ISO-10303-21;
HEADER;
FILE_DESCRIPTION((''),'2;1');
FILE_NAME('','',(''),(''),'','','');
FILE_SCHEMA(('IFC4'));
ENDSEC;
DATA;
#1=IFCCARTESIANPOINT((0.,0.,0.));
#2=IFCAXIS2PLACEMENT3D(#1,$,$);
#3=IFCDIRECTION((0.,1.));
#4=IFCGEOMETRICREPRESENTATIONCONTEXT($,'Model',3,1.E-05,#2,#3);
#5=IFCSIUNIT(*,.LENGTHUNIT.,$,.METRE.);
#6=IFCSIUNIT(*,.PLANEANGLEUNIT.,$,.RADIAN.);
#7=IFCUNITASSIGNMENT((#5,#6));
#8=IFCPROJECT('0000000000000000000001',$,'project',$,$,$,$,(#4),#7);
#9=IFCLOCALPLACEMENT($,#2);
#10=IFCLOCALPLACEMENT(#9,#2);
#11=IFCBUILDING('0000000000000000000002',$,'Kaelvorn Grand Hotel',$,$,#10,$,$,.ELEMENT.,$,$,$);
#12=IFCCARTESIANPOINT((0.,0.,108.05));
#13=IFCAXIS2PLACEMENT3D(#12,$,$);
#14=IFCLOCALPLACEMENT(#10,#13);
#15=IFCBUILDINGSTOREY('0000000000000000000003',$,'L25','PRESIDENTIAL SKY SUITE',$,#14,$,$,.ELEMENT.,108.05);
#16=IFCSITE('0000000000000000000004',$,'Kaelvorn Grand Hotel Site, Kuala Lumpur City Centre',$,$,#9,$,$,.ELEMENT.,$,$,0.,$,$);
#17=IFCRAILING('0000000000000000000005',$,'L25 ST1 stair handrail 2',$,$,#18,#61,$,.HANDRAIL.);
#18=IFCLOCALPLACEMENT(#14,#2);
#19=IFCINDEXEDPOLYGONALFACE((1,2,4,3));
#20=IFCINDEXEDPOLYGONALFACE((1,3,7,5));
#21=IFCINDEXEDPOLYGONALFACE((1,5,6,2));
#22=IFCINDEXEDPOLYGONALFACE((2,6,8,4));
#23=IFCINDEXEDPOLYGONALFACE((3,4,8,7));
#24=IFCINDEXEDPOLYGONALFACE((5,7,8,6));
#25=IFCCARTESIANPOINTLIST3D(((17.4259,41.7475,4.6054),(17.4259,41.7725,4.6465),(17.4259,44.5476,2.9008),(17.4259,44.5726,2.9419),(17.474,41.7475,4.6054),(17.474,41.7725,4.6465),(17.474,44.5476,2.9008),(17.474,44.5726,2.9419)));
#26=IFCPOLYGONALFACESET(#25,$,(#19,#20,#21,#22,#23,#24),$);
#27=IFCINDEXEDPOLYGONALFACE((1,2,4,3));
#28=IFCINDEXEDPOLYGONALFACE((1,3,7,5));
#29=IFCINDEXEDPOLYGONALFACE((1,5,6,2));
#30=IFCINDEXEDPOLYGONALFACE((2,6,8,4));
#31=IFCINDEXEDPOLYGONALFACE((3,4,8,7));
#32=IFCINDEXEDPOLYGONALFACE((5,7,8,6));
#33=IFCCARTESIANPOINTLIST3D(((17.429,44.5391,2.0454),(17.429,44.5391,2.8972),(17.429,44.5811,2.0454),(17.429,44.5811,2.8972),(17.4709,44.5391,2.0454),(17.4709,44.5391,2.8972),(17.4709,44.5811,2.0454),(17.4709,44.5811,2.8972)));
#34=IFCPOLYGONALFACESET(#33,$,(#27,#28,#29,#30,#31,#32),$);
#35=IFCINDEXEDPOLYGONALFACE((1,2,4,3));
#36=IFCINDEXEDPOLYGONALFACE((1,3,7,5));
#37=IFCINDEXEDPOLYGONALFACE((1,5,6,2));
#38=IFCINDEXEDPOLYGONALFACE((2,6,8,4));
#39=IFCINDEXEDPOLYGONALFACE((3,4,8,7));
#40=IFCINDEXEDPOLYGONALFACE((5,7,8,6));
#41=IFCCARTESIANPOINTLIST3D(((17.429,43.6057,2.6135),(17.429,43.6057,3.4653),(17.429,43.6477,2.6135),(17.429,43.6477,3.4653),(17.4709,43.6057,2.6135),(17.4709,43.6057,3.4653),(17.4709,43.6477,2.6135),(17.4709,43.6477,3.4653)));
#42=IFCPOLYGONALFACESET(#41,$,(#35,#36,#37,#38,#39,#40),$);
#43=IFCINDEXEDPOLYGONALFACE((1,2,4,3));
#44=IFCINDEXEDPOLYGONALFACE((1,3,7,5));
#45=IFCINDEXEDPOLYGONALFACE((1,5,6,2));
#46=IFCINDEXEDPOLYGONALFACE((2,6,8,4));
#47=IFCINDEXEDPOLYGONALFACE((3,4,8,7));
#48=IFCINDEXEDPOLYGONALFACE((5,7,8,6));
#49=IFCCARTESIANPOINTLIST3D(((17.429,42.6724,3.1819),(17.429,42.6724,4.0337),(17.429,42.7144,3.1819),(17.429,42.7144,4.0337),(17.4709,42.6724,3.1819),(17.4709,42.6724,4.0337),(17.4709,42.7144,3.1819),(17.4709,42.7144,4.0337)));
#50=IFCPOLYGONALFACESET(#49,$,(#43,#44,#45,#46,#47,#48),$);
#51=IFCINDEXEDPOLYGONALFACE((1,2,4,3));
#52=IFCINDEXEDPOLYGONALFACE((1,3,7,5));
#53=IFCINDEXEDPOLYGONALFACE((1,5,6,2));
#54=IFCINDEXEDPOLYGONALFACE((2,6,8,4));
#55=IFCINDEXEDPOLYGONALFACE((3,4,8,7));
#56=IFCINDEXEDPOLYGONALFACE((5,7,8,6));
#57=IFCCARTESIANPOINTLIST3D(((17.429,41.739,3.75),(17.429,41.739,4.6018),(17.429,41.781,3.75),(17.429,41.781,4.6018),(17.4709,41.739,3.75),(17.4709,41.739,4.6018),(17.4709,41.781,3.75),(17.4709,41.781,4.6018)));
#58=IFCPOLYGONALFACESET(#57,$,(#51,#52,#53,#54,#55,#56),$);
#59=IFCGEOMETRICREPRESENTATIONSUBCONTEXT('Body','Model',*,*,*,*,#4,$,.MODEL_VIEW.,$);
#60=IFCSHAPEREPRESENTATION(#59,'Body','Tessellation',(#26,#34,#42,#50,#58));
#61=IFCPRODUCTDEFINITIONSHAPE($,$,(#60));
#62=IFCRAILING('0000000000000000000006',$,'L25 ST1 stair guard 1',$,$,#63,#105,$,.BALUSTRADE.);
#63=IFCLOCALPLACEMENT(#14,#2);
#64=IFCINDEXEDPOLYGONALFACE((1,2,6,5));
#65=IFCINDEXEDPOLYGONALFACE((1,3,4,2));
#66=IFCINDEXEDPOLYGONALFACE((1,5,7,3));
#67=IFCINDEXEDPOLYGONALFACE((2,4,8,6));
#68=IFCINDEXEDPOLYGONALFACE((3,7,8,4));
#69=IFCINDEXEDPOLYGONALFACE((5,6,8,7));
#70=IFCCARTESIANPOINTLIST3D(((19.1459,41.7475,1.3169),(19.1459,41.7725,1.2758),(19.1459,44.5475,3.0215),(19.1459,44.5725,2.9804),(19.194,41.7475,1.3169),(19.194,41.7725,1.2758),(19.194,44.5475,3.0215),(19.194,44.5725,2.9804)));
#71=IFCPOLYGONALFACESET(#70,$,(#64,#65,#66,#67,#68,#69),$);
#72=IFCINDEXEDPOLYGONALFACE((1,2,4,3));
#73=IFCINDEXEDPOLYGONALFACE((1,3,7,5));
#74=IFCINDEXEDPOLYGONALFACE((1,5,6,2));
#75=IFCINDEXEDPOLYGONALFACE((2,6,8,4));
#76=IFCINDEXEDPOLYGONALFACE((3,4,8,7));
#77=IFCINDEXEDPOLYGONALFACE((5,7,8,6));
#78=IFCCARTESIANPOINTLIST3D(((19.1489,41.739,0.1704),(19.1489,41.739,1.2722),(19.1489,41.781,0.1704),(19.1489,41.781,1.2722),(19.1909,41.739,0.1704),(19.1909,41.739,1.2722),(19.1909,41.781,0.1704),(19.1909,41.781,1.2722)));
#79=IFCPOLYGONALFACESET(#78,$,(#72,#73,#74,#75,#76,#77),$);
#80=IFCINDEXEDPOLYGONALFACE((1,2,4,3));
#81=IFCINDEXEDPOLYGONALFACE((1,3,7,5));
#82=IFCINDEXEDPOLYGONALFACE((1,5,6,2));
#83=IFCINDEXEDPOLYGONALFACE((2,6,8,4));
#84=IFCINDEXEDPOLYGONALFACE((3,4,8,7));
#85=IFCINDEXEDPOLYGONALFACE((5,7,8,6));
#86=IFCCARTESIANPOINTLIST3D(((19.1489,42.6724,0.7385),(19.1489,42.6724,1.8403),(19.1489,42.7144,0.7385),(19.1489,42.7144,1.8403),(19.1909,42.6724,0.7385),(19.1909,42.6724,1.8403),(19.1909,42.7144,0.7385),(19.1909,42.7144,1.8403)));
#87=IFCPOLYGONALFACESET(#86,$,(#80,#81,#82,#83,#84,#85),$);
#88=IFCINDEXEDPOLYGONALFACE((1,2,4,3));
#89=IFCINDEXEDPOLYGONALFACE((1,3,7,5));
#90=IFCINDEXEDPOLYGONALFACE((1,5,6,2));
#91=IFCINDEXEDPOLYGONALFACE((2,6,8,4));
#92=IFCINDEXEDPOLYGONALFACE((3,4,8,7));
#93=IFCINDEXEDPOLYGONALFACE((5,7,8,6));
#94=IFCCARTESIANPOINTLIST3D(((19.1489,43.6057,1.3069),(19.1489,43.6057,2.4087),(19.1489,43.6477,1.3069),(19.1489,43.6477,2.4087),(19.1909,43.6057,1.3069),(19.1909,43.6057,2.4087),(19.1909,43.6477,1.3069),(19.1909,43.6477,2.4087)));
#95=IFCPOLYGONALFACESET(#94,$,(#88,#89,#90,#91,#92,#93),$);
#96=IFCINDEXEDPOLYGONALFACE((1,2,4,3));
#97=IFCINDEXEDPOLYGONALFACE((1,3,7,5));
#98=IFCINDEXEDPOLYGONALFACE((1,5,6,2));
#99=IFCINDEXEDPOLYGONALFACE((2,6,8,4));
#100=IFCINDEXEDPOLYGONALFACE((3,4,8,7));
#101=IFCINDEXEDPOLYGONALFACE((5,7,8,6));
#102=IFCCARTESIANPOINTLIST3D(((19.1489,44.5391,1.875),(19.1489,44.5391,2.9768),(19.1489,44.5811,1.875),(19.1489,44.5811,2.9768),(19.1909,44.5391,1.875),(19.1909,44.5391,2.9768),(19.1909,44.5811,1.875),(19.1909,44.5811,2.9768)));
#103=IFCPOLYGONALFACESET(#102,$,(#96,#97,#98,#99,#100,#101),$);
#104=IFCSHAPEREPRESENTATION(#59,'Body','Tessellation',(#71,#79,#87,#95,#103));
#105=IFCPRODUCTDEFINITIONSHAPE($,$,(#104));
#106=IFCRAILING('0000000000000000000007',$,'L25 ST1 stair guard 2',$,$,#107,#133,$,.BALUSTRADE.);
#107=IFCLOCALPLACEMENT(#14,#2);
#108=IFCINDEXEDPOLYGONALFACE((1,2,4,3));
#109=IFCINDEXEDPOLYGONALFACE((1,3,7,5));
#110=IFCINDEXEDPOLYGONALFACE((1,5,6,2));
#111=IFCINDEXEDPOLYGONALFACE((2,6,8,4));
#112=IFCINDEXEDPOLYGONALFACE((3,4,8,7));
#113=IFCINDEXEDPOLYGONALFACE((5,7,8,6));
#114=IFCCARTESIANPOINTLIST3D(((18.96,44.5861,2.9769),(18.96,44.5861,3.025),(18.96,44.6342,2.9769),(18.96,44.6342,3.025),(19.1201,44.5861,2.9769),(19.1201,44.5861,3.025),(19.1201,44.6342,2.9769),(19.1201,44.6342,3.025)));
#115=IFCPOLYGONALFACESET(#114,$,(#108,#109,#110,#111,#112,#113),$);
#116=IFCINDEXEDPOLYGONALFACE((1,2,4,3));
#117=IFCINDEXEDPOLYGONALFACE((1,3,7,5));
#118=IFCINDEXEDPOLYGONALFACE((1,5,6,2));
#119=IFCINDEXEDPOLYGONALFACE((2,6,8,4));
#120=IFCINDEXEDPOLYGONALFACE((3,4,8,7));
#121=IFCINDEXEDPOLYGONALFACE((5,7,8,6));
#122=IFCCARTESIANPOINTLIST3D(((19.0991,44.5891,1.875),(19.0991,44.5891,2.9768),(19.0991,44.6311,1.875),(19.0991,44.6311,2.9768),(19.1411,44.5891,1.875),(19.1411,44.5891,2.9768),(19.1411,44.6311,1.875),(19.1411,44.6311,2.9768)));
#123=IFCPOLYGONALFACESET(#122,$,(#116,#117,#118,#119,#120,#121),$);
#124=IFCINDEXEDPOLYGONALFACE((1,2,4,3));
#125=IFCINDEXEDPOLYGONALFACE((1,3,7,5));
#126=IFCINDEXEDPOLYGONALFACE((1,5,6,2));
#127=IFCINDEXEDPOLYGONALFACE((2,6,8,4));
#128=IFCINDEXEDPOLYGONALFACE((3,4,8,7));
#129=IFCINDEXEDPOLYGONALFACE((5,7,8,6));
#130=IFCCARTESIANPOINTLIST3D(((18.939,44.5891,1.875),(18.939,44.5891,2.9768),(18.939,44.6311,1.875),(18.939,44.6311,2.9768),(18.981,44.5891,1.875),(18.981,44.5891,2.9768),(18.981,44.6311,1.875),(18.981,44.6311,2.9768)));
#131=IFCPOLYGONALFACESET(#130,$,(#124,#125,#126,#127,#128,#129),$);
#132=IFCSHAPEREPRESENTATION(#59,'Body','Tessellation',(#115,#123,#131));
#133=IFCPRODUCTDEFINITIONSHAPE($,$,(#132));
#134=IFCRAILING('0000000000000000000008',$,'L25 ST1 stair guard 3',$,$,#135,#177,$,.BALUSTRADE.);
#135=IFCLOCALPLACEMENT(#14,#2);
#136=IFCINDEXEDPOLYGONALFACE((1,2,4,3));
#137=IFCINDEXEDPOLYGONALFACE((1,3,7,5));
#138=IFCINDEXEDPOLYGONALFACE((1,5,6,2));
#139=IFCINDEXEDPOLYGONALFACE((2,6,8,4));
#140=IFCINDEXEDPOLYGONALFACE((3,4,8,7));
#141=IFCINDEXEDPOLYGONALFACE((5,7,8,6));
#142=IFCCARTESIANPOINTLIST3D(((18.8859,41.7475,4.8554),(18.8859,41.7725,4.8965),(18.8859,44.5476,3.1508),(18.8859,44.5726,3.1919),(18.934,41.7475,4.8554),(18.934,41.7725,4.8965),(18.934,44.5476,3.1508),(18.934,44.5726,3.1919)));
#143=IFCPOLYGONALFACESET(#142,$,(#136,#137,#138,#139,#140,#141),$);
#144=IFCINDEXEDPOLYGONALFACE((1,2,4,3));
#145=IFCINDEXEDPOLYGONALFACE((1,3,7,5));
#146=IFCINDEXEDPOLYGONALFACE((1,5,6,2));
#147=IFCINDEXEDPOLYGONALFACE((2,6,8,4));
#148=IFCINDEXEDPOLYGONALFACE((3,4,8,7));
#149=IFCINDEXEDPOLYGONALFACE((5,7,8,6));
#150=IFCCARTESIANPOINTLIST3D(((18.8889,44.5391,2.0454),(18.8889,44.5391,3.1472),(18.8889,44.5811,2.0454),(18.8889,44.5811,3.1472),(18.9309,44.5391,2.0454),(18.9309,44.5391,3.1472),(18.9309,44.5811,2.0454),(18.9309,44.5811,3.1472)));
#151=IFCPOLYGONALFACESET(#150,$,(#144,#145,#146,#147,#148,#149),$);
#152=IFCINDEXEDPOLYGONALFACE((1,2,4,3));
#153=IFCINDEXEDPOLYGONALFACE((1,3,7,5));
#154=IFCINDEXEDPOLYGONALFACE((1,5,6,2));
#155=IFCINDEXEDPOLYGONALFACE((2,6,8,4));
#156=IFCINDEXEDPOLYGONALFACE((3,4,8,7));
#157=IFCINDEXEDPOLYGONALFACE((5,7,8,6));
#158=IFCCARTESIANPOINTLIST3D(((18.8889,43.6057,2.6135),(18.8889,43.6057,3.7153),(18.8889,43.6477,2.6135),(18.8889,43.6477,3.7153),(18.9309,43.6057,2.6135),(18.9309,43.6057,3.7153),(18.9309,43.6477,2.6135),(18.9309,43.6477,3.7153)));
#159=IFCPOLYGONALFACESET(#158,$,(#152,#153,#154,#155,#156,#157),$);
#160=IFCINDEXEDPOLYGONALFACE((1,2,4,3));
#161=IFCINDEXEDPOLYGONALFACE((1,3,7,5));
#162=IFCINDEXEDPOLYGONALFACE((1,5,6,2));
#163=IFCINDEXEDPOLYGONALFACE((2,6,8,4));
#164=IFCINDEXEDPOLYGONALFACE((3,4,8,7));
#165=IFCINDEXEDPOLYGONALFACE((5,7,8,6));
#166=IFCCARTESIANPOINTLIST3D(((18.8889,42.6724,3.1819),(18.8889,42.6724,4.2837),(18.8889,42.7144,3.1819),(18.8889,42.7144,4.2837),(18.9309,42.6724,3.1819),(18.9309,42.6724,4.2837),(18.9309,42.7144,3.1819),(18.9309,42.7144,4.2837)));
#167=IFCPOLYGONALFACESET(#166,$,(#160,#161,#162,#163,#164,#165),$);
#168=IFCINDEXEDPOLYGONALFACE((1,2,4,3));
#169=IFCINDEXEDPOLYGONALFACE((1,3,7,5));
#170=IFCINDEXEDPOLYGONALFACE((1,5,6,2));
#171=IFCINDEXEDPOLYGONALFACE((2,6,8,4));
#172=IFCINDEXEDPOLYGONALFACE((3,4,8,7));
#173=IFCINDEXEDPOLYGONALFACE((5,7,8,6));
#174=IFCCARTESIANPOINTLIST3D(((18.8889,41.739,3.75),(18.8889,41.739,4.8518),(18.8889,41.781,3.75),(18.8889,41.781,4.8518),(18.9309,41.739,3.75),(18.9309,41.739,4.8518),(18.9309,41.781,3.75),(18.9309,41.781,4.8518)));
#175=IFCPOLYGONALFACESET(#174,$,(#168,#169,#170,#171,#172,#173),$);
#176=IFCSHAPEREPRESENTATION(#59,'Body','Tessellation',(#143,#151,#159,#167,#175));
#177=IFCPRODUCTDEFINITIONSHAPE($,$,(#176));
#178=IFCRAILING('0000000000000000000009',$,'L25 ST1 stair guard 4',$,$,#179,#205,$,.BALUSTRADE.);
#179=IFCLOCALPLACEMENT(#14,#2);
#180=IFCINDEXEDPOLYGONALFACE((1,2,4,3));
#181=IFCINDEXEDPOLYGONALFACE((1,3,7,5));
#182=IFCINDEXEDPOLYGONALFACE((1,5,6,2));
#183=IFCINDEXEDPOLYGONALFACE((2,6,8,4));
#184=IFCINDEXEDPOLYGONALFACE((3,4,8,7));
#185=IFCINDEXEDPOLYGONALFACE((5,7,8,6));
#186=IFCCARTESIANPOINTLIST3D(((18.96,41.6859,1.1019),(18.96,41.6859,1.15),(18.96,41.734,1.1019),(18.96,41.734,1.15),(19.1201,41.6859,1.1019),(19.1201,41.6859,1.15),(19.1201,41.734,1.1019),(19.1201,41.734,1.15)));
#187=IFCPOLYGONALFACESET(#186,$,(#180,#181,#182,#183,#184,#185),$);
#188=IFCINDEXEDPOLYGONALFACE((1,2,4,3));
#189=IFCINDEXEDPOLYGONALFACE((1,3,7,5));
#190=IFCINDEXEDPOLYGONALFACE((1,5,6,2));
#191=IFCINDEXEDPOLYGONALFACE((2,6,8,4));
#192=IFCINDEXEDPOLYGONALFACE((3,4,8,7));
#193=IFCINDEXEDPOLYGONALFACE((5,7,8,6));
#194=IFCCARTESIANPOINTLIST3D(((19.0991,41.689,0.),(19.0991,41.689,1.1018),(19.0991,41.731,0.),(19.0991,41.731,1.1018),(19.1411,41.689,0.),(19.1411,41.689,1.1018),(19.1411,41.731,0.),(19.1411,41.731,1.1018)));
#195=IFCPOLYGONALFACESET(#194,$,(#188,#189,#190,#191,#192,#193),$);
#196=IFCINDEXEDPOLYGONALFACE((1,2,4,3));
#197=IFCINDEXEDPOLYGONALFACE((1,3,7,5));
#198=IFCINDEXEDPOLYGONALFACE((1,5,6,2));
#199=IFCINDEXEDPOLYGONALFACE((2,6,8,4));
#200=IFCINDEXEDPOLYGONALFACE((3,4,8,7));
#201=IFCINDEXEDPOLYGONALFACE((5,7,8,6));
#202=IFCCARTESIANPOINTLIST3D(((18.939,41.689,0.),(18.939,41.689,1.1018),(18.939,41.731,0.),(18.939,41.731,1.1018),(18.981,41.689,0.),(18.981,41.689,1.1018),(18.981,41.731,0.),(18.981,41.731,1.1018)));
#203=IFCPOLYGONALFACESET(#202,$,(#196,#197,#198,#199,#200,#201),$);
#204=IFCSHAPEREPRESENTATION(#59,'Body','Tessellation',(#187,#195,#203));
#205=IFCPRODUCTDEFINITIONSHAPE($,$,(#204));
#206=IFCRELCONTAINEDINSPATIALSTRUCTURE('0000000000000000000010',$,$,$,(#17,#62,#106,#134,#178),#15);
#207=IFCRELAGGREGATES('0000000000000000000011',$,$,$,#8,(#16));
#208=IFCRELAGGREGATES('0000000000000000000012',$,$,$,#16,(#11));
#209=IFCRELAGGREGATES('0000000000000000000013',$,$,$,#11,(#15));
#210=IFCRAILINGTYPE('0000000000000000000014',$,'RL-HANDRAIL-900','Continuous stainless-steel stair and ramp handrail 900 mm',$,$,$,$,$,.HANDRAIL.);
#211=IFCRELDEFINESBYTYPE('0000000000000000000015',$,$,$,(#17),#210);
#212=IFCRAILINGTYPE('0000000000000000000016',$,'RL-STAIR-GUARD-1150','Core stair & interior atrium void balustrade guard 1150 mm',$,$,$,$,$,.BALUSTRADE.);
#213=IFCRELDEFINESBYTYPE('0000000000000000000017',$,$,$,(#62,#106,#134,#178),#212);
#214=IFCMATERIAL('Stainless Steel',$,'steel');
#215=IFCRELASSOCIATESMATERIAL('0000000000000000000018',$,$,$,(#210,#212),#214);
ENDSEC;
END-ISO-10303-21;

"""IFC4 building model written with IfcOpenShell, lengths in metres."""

from ifc_helpers import new_model, si_unit, direction, frame, origin, origin_2d, place, context, subcontext, project, spatial, rectangle, extrude, material, type_object, element, save


model = new_model("IFC4")

# Units and contexts
model_context = context("Model", 3, precision=1e-05, world=origin(), true_north=direction((0.0, 1.0)))
body_context = subcontext(model_context, "Body", "Model", "MODEL_VIEW")
ifc_project = project(units=[si_unit("LENGTHUNIT", "METRE"), si_unit("PLANEANGLEUNIT", "RADIAN")], contexts=[model_context])

# Site, building, storey
site_placement = place(None, origin())
site = spatial("IfcSite", under=ifc_project, at=site_placement, Name="Kaelvorn Grand Hotel Site, Kuala Lumpur City Centre", CompositionType="ELEMENT", RefElevation=0.0)
building_placement = place(site_placement, origin())
building = spatial("IfcBuilding", under=site, at=building_placement, Name="Kaelvorn Grand Hotel", CompositionType="ELEMENT")
storey_placement = place(building_placement, frame((0.0, 0.0, 108.05)))
storey = spatial("IfcBuildingStorey", under=building, at=storey_placement, Name="L25", Description="PRESIDENTIAL SKY SUITE", CompositionType="ELEMENT", Elevation=108.05)

# Shared definitions
ifc_material_1 = material(Name="Stainless Steel", Category="steel")

# Railings
railing_type_1 = type_object("IfcRailingType", Name="RL-HANDRAIL-900", Description="Continuous stainless-steel stair and ramp handrail 900 mm", PredefinedType="HANDRAIL", material=ifc_material_1)
railing_1_placement = place(storey_placement, frame((17.45, 44.5601, 2.0454)))
element("IfcRailing", 1, at=railing_1_placement, inside=storey, type_object=railing_type_1, Name="L25 ST1 stair handrail 2", PredefinedType="HANDRAIL", context=body_context, shape_type="SweptSolid", body=[
    extrude(rectangle(XDim=0.0481, YDim=0.0481, at=origin_2d()), frame((0.0, 0.0, 0.876), z_axis=(0.0, -0.85417, 0.519994), x_axis=(1.0, 0.0, 0.0)), (0.0, 0.0, 1.0), 3.2781),
    extrude(rectangle(XDim=0.042, YDim=0.042, at=origin_2d()), origin(), (0.0, 0.0, 1.0), 0.8518),
    extrude(rectangle(XDim=0.042, YDim=0.042, at=origin_2d()), frame((0.0, -0.9333, 0.5681)), (0.0, 0.0, 1.0), 0.8518),
    extrude(rectangle(XDim=0.042, YDim=0.042, at=origin_2d()), frame((0.0, -1.8667, 1.1365)), (0.0, 0.0, 1.0), 0.8518),
    extrude(rectangle(XDim=0.042, YDim=0.042, at=origin_2d()), frame((0.0, -2.8, 1.7046)), (0.0, 0.0, 1.0), 0.8518),
])
railing_type_2 = type_object("IfcRailingType", Name="RL-STAIR-GUARD-1150", Description="Core stair & interior atrium void balustrade guard 1150 mm", PredefinedType="BALUSTRADE", material=ifc_material_1)
railing_2_placement = place(storey_placement, frame((19.1699, 41.76, 0.1704)))
element("IfcRailing", 2, at=railing_2_placement, inside=storey, type_object=railing_type_2, Name="L25 ST1 stair guard 1", PredefinedType="BALUSTRADE", context=body_context, shape_type="SweptSolid", body=[
    extrude(rectangle(XDim=0.0481, YDim=0.0481, at=origin_2d()), frame((0.0, 0.0, 1.126), z_axis=(0.0, 0.85417, 0.519994), x_axis=(-1.0, 0.0, 0.0)), (0.0, 0.0, 1.0), 3.2781),
    extrude(rectangle(XDim=0.042, YDim=0.042, at=origin_2d()), origin(), (0.0, 0.0, 1.0), 1.1018),
    extrude(rectangle(XDim=0.042, YDim=0.042, at=origin_2d()), frame((0.0, 0.9333, 0.5681)), (0.0, 0.0, 1.0), 1.1018),
    extrude(rectangle(XDim=0.042, YDim=0.042, at=origin_2d()), frame((0.0, 1.8667, 1.1365)), (0.0, 0.0, 1.0), 1.1018),
    extrude(rectangle(XDim=0.042, YDim=0.042, at=origin_2d()), frame((0.0, 2.8, 1.7046)), (0.0, 0.0, 1.0), 1.1018),
])
railing_3_placement = place(storey_placement, frame((19.1201, 44.6101, 1.875)))
element("IfcRailing", 3, at=railing_3_placement, inside=storey, type_object=railing_type_2, Name="L25 ST1 stair guard 2", PredefinedType="BALUSTRADE", context=body_context, shape_type="SweptSolid", body=[
    extrude(rectangle(XDim=0.0481, YDim=0.0481, at=origin_2d()), frame((0.0, 0.0, 1.126), z_axis=(-1.0, 0.0, 0.0), x_axis=(0.0, -1.0, 0.0)), (0.0, 0.0, 1.0), 0.1602),
    extrude(rectangle(XDim=0.042, YDim=0.042, at=origin_2d()), origin(), (0.0, 0.0, 1.0), 1.1018),
    extrude(rectangle(XDim=0.042, YDim=0.042, at=origin_2d()), frame((-0.1602, 0.0, 0.0)), (0.0, 0.0, 1.0), 1.1018),
])
railing_4_placement = place(storey_placement, frame((18.9099, 44.5601, 2.0454)))
element("IfcRailing", 4, at=railing_4_placement, inside=storey, type_object=railing_type_2, Name="L25 ST1 stair guard 3", PredefinedType="BALUSTRADE", context=body_context, shape_type="SweptSolid", body=[
    extrude(rectangle(XDim=0.0481, YDim=0.0481, at=origin_2d()), frame((0.0, 0.0, 1.126), z_axis=(0.0, -0.85417, 0.519994), x_axis=(1.0, 0.0, 0.0)), (0.0, 0.0, 1.0), 3.2781),
    extrude(rectangle(XDim=0.042, YDim=0.042, at=origin_2d()), origin(), (0.0, 0.0, 1.0), 1.1018),
    extrude(rectangle(XDim=0.042, YDim=0.042, at=origin_2d()), frame((0.0, -0.9333, 0.5681)), (0.0, 0.0, 1.0), 1.1018),
    extrude(rectangle(XDim=0.042, YDim=0.042, at=origin_2d()), frame((0.0, -1.8667, 1.1365)), (0.0, 0.0, 1.0), 1.1018),
    extrude(rectangle(XDim=0.042, YDim=0.042, at=origin_2d()), frame((0.0, -2.8, 1.7046)), (0.0, 0.0, 1.0), 1.1018),
])
railing_5_placement = place(storey_placement, frame((19.1201, 41.71, 0.0)))
element("IfcRailing", 5, at=railing_5_placement, inside=storey, type_object=railing_type_2, Name="L25 ST1 stair guard 4", PredefinedType="BALUSTRADE", context=body_context, shape_type="SweptSolid", body=[
    extrude(rectangle(XDim=0.0481, YDim=0.0481, at=origin_2d()), frame((0.0, 0.0, 1.126), z_axis=(-1.0, 0.0, 0.0), x_axis=(0.0, -1.0, 0.0)), (0.0, 0.0, 1.0), 0.1602),
    extrude(rectangle(XDim=0.042, YDim=0.042, at=origin_2d()), origin(), (0.0, 0.0, 1.0), 1.1018),
    extrude(rectangle(XDim=0.042, YDim=0.042, at=origin_2d()), frame((-0.1602, 0.0, 0.0)), (0.0, 0.0, 1.0), 1.1018),
])

save(model, "model.ifc")
